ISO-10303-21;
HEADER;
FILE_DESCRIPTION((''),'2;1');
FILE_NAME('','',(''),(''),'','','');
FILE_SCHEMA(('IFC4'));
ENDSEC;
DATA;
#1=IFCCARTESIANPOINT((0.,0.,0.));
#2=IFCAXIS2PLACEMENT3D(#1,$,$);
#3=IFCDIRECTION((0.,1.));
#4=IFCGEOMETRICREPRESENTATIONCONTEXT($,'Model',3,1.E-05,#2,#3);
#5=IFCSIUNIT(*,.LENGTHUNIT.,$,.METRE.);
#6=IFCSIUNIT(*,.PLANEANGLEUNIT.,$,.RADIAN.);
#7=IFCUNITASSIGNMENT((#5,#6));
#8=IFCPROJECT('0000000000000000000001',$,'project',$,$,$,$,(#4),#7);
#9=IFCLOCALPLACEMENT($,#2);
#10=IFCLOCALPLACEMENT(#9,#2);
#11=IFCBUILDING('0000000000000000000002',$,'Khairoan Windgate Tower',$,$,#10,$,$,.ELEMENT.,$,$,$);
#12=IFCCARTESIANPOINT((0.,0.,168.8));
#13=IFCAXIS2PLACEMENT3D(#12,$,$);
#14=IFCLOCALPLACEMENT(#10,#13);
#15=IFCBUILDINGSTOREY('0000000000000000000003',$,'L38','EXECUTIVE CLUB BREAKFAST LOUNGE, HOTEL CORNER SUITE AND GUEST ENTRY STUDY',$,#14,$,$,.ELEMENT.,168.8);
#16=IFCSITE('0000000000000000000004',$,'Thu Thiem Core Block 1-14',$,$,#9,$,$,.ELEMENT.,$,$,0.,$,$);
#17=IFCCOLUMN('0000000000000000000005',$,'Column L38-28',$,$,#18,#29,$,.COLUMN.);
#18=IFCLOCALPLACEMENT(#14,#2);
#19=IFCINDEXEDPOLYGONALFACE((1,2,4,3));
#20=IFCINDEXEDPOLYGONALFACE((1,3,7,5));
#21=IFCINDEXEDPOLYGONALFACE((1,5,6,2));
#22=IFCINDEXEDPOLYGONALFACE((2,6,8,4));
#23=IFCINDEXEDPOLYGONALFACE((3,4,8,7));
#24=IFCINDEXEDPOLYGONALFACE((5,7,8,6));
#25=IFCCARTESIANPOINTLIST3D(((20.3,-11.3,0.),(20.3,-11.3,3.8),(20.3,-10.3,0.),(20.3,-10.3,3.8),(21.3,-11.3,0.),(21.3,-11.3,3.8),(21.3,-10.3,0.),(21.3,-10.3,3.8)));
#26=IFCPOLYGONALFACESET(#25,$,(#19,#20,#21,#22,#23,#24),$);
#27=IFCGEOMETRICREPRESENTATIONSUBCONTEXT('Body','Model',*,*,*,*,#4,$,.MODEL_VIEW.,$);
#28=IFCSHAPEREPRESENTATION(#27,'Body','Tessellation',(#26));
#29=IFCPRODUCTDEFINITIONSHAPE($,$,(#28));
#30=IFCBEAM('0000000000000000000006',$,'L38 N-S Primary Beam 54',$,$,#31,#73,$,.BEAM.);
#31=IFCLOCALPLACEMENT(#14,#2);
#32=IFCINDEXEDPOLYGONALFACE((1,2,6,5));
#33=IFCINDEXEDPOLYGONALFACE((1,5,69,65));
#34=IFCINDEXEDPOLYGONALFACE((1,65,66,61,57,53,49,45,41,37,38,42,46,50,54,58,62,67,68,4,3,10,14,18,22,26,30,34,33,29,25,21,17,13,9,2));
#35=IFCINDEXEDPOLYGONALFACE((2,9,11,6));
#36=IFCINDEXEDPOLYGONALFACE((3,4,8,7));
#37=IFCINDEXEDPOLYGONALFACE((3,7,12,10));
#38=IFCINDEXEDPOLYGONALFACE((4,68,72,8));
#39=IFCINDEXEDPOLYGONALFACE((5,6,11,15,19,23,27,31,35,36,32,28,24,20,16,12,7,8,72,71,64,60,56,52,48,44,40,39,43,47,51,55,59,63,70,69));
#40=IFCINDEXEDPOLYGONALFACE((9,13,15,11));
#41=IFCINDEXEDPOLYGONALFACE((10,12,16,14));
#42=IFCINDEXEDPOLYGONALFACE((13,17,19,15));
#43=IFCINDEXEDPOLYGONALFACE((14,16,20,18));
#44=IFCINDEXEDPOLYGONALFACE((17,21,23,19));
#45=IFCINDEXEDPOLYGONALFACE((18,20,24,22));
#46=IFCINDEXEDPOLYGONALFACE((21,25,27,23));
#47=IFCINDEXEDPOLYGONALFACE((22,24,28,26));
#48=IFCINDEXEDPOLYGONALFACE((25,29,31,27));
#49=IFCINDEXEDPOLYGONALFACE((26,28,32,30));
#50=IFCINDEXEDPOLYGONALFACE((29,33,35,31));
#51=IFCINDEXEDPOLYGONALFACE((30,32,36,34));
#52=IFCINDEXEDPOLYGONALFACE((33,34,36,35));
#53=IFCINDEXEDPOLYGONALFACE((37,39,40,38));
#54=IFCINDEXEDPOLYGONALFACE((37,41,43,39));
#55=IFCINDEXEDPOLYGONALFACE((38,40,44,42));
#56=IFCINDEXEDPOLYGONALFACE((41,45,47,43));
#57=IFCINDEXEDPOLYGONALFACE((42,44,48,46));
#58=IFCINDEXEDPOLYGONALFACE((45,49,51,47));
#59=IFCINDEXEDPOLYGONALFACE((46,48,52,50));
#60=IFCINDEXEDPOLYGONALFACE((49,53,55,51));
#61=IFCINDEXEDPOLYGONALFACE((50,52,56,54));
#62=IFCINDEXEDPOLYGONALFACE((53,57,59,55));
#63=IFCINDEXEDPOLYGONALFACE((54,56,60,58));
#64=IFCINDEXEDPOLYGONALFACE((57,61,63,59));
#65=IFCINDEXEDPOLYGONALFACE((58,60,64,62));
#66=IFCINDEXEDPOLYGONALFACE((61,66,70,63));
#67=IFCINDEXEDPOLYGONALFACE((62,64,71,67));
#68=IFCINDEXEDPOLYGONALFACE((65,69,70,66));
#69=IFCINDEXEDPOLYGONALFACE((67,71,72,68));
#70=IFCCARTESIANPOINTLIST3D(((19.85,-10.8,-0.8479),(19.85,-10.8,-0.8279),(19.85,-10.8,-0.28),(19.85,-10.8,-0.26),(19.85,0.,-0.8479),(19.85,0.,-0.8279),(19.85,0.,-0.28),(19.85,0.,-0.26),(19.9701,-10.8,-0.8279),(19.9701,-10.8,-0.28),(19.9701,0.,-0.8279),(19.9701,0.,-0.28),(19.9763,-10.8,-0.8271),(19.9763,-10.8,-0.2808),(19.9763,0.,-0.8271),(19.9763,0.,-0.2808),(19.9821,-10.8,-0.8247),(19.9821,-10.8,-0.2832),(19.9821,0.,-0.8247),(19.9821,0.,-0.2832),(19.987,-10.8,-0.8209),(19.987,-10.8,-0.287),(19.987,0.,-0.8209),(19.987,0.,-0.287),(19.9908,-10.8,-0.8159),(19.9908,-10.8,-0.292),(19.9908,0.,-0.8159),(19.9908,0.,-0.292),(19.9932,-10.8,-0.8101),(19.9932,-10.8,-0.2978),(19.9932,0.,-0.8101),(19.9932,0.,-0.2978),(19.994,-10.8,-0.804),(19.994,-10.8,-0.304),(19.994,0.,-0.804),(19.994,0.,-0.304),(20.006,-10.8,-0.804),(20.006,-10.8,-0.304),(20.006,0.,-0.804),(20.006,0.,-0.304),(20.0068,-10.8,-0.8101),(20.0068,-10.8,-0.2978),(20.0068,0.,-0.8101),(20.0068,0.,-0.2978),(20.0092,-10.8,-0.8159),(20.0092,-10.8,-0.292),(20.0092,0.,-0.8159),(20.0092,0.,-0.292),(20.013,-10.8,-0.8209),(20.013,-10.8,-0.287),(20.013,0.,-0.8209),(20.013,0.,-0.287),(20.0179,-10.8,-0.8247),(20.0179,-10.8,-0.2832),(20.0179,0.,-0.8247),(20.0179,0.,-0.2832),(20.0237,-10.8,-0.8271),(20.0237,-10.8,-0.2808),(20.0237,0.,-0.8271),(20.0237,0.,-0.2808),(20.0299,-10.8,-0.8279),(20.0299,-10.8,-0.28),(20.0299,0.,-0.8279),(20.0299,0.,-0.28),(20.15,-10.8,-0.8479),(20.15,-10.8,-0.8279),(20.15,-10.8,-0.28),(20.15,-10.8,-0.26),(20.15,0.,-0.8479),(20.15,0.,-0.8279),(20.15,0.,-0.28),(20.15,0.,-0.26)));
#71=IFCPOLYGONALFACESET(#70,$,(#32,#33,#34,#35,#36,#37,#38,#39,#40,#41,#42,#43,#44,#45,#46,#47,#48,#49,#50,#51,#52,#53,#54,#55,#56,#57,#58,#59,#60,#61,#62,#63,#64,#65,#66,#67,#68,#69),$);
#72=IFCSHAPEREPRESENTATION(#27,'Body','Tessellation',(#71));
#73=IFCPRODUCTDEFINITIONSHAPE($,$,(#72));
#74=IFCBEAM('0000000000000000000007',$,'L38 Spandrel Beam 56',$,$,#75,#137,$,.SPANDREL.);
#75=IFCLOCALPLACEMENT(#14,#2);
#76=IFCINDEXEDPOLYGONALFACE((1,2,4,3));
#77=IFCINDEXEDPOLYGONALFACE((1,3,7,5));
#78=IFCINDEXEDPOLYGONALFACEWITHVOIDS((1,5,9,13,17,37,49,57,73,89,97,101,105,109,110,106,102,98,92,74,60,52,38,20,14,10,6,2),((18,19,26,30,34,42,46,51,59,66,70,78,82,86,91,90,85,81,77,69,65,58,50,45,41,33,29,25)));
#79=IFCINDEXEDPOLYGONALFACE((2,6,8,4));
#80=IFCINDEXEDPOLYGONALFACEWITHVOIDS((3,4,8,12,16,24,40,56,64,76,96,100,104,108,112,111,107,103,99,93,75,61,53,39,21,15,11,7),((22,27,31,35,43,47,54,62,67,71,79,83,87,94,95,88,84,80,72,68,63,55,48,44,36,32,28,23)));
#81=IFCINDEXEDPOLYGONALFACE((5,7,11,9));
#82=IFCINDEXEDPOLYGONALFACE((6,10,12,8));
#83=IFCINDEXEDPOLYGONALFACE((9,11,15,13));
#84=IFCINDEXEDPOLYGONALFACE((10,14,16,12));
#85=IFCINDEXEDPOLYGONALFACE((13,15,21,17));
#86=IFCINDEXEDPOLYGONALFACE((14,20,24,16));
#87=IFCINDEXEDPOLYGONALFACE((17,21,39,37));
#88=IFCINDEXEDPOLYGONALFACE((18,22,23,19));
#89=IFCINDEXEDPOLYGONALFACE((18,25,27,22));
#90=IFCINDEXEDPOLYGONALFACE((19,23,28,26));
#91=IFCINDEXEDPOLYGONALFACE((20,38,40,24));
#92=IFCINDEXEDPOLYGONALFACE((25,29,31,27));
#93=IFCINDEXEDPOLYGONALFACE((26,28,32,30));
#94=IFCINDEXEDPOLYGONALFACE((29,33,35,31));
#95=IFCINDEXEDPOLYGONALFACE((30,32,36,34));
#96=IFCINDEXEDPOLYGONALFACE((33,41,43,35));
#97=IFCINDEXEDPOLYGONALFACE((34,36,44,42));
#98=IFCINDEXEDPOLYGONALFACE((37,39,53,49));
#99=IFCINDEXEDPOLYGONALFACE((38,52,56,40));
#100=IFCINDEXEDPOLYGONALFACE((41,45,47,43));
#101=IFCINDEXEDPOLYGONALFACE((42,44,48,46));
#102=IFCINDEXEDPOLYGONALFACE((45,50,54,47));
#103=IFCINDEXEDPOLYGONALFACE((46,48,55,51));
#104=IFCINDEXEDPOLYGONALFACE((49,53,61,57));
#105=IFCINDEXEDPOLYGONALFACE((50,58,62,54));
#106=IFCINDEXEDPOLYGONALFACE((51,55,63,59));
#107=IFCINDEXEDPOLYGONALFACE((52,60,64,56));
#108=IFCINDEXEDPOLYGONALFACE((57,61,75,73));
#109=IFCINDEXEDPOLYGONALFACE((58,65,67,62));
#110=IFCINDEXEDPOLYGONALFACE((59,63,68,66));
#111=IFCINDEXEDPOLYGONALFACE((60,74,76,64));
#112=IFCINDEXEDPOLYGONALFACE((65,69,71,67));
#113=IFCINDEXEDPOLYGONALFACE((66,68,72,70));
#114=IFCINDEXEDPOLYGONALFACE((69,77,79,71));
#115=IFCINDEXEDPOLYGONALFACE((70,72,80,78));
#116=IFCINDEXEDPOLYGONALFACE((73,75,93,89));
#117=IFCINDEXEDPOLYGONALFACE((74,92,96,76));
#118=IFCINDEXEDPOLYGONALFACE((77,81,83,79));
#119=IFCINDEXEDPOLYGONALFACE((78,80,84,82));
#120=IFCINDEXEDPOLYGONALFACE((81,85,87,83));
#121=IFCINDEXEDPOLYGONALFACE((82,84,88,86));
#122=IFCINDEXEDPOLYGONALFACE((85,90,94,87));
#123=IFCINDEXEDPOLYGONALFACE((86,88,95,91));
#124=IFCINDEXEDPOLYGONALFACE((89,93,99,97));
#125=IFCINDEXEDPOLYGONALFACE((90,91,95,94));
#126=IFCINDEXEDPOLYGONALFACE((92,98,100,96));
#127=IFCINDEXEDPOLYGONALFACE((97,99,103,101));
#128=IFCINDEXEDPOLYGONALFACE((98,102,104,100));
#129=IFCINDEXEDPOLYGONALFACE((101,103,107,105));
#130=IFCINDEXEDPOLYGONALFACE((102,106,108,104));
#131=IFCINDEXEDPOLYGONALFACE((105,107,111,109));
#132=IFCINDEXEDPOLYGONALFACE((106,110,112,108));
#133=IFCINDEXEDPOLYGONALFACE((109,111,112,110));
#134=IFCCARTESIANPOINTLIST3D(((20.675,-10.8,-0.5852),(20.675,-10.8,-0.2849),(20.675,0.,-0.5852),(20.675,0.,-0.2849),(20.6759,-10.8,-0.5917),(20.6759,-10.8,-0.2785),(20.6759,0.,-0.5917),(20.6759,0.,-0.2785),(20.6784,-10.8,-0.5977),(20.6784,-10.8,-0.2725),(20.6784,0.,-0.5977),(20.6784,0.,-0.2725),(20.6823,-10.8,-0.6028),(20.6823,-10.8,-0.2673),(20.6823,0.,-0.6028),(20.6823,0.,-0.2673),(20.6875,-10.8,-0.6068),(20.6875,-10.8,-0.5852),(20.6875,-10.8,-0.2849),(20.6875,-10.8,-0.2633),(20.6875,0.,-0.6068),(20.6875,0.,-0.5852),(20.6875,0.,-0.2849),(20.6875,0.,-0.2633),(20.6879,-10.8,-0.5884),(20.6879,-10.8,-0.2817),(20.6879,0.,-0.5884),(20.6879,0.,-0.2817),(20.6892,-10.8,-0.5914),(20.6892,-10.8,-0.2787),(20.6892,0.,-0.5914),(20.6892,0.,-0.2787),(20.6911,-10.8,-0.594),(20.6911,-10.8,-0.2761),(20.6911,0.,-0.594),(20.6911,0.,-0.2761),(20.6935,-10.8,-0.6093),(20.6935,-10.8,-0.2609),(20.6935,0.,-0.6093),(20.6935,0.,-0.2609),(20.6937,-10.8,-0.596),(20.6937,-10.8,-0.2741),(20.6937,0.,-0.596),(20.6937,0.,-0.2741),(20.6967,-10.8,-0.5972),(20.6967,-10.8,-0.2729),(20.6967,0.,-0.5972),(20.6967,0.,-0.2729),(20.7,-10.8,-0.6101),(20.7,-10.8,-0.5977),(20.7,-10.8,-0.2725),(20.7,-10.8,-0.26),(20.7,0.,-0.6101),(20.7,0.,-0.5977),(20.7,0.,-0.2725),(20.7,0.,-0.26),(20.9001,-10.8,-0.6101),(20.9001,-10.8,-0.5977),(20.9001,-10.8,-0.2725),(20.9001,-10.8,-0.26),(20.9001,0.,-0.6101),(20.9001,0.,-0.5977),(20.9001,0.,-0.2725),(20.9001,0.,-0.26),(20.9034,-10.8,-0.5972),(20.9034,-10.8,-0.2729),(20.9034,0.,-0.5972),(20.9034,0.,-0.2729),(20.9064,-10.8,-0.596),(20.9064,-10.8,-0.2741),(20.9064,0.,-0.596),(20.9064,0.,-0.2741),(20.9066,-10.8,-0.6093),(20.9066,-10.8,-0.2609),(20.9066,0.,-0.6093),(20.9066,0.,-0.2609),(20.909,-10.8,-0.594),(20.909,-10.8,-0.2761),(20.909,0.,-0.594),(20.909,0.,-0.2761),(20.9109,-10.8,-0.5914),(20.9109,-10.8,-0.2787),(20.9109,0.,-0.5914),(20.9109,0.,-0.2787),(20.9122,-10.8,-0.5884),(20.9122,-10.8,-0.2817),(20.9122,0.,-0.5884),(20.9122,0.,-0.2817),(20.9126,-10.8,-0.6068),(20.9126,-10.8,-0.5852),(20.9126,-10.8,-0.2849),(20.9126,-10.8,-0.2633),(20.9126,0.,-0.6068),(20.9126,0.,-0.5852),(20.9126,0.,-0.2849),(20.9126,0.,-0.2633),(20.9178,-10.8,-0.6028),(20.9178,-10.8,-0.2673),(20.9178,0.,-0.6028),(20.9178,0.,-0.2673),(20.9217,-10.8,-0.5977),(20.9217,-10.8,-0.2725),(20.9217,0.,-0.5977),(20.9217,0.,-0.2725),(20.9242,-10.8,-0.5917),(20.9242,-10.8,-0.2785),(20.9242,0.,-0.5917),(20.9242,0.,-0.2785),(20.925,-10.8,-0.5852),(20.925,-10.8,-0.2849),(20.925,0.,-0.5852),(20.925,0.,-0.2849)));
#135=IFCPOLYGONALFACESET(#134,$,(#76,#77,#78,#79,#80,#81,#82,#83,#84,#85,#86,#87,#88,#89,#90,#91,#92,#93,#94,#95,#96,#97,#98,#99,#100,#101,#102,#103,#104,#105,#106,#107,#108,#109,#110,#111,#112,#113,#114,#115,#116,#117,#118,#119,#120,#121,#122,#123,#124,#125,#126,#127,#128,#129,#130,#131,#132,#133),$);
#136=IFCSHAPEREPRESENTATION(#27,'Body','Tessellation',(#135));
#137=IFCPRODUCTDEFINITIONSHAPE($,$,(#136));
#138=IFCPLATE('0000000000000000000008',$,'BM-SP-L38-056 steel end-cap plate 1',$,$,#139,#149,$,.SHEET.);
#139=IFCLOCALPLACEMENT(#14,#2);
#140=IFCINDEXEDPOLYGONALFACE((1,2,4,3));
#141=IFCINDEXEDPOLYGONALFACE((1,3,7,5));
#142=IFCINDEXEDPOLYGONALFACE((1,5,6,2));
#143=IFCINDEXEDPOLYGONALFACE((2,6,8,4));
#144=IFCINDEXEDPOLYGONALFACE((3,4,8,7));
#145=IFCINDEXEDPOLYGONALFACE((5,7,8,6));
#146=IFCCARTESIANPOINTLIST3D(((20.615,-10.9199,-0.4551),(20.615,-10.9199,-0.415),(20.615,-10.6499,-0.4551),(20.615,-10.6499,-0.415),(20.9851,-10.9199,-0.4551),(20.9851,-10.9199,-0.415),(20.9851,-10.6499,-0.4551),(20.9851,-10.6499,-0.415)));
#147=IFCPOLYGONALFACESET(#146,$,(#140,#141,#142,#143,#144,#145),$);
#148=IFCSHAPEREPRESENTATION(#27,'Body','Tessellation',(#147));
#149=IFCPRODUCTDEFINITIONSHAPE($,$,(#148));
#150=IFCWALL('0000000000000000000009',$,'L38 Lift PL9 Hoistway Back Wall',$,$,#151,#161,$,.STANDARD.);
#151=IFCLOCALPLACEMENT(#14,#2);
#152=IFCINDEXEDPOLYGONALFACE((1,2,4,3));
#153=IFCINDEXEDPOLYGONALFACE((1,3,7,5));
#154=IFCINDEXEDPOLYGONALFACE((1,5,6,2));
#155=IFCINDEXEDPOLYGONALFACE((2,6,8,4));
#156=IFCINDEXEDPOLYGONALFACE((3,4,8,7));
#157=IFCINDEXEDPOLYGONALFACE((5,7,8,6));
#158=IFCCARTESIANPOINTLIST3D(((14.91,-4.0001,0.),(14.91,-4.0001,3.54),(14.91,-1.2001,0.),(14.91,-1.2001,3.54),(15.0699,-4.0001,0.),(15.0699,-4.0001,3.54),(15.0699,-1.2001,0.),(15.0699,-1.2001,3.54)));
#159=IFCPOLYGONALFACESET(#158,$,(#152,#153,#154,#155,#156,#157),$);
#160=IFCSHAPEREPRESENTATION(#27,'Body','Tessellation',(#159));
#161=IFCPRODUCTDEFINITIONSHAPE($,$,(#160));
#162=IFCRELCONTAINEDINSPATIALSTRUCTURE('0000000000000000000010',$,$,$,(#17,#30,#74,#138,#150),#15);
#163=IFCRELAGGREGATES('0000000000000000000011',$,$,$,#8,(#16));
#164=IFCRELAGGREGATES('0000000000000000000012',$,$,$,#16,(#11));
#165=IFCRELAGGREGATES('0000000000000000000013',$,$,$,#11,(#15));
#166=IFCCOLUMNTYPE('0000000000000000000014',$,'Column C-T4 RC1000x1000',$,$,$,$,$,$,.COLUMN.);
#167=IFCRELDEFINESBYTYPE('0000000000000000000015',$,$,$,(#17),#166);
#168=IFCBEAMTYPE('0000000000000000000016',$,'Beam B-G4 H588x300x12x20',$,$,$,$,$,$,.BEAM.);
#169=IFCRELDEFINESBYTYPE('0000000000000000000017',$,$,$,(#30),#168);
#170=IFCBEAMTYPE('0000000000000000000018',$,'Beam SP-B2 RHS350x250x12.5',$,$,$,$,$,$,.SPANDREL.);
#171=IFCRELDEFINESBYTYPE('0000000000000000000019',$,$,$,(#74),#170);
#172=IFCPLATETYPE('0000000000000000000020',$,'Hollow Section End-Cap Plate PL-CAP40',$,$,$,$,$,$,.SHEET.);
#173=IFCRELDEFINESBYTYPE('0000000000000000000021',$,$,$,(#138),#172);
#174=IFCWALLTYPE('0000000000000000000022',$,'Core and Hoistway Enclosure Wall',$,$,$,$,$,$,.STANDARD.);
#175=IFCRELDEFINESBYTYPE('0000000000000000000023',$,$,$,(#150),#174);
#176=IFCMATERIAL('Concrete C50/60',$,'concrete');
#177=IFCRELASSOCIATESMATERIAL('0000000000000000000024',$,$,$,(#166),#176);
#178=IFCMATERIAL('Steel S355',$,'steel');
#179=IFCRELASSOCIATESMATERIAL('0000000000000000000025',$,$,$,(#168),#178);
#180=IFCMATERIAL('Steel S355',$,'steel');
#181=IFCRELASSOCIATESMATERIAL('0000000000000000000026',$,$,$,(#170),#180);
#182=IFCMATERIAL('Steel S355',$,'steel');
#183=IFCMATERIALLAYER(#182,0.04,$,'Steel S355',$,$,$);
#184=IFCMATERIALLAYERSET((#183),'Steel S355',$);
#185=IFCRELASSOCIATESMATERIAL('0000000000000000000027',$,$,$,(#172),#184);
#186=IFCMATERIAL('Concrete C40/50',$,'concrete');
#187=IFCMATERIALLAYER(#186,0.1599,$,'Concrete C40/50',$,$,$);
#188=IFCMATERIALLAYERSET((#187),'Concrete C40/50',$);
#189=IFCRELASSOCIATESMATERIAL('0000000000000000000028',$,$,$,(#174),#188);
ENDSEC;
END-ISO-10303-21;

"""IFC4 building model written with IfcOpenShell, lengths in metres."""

from ifc_helpers import new_model, si_unit, direction, frame, frame_2d, origin, origin_2d, place, context, subcontext, project, spatial, rectangle, hollow_rectangle, i_section, extrude, material, layer, layer_set, material_profile, profile_set, type_object, element, save


model = new_model("IFC4")

# Units and contexts
model_context = context("Model", 3, precision=1e-05, world=origin(), true_north=direction((0.0, 1.0)))
body_context = subcontext(model_context, "Body", "Model", "MODEL_VIEW")
ifc_project = project(units=[si_unit("LENGTHUNIT", "METRE"), si_unit("PLANEANGLEUNIT", "RADIAN")], contexts=[model_context])

# Site, building, storey
site_placement = place(None, origin())
site = spatial("IfcSite", under=ifc_project, at=site_placement, Name="Thu Thiem Core Block 1-14", CompositionType="ELEMENT", RefElevation=0.0)
building_placement = place(site_placement, origin())
building = spatial("IfcBuilding", under=site, at=building_placement, Name="Khairoan Windgate Tower", CompositionType="ELEMENT")
storey_placement = place(building_placement, frame((0.0, 0.0, 168.8)))
storey = spatial("IfcBuildingStorey", under=building, at=storey_placement, Name="L38", Description="EXECUTIVE CLUB BREAKFAST LOUNGE, HOTEL CORNER SUITE AND GUEST ENTRY STUDY", CompositionType="ELEMENT", Elevation=168.8)

# Column
ifc_material_1 = material(Name="Concrete C50/60", Category="concrete")
ifc_material_profile_1 = material_profile(ifc_material_1, rectangle(XDim=1.0, YDim=1.0, at=origin_2d()))
ifc_profile_set_1 = profile_set([ifc_material_profile_1], Name="Concrete C50/60")
column_type = type_object("IfcColumnType", Name="Column C-T4 RC1000x1000", PredefinedType="COLUMN", material=ifc_profile_set_1)
column_placement = place(storey_placement, frame((20.8, -10.8, 0.0), z_axis=(0.0, 0.0, 1.0), x_axis=(1.0, 0.0, 0.0)))
element("IfcColumn", 1, at=column_placement, inside=storey, type_object=column_type, Name="Column L38-28", PredefinedType="COLUMN", context=body_context, shape_type="SweptSolid", body=[
    extrude(rectangle(XDim=1.0, YDim=1.0, at=origin_2d()), origin(), (0.0, 0.0, 1.0), 3.8),
])

# Beams
ifc_material_2 = material(Name="Steel S355", Category="steel")
ifc_material_profile_2 = material_profile(ifc_material_2, i_section(OverallWidth=0.3, OverallDepth=0.5879, WebThickness=0.012, FlangeThickness=0.02, FilletRadius=0.0239, at=origin_2d()))
ifc_profile_set_2 = profile_set([ifc_material_profile_2], Name="Steel S355")
beam_type_1 = type_object("IfcBeamType", Name="Beam B-G4 H588x300x12x20", PredefinedType="BEAM", material=ifc_profile_set_2)
beam_1_placement = place(storey_placement, frame((20.0, -10.8, -0.554), z_axis=(0.0, 1.0, 0.0), x_axis=(-1.0, 0.0, 0.0)))
element("IfcBeam", 2, at=beam_1_placement, inside=storey, type_object=beam_type_1, Name="L38 N-S Primary Beam 54", PredefinedType="BEAM", context=body_context, shape_type="SweptSolid", body=[
    extrude(i_section(OverallWidth=0.3, OverallDepth=0.5879, WebThickness=0.012, FlangeThickness=0.02, FilletRadius=0.0239, at=origin_2d()), origin(), (0.0, 0.0, 1.0), 10.8),
])
ifc_material_3 = material(Name="Steel S355", Category="steel")
ifc_material_profile_3 = material_profile(ifc_material_3, hollow_rectangle(XDim=0.25, YDim=0.3501, WallThickness=0.0125, InnerFilletRadius=0.0125, OuterFilletRadius=0.0249, at=origin_2d()))
ifc_profile_set_3 = profile_set([ifc_material_profile_3], Name="Steel S355")
beam_type_2 = type_object("IfcBeamType", Name="Beam SP-B2 RHS350x250x12.5", PredefinedType="SPANDREL", material=ifc_profile_set_3)
beam_2_placement = place(storey_placement, frame((20.8, -10.8, -0.4351), z_axis=(0.0, 1.0, 0.0), x_axis=(-1.0, 0.0, 0.0)))
element("IfcBeam", 3, at=beam_2_placement, inside=storey, type_object=beam_type_2, Name="L38 Spandrel Beam 56", PredefinedType="SPANDREL", context=body_context, shape_type="SweptSolid", body=[
    extrude(hollow_rectangle(XDim=0.25, YDim=0.3501, WallThickness=0.0125, InnerFilletRadius=0.0125, OuterFilletRadius=0.0249, at=origin_2d()), origin(), (0.0, 0.0, 1.0), 10.8),
])

# Plate
ifc_material_4 = material(Name="Steel S355", Category="steel")
ifc_layer_1 = layer(ifc_material_4, 0.04, Name="Steel S355")
ifc_layer_set_1 = layer_set([ifc_layer_1], Name="Steel S355")
plate_type = type_object("IfcPlateType", Name="Hollow Section End-Cap Plate PL-CAP40", PredefinedType="SHEET", material=ifc_layer_set_1)
plate_placement = place(storey_placement, frame((20.8, -10.7849, -0.4551), z_axis=(0.0, 0.0, 1.0), x_axis=(0.0, 1.0, 0.0)))
element("IfcPlate", 4, at=plate_placement, inside=storey, type_object=plate_type, Name="BM-SP-L38-056 steel end-cap plate 1", PredefinedType="SHEET", context=body_context, shape_type="SweptSolid", body=[
    extrude(rectangle(XDim=0.27, YDim=0.3701, at=origin_2d()), origin(), (0.0, 0.0, 1.0), 0.04),
])

# Wall
ifc_material_5 = material(Name="Concrete C40/50", Category="concrete")
ifc_layer_2 = layer(ifc_material_5, 0.1599, Name="Concrete C40/50")
ifc_layer_set_2 = layer_set([ifc_layer_2], Name="Concrete C40/50")
wall_type_1 = type_object("IfcWallType", Name="Core and Hoistway Enclosure Wall", PredefinedType="STANDARD", material=ifc_layer_set_2)
wall_1_placement = place(storey_placement, frame((14.99, -4.0, 0.0), z_axis=(0.0, 0.0, 1.0), x_axis=(0.0, 1.0, 0.0)))
element("IfcWall", 5, at=wall_1_placement, inside=storey, type_object=wall_type_1, Name="L38 Lift PL9 Hoistway Back Wall", PredefinedType="STANDARD", context=body_context, shape_type="SweptSolid", body=[
    extrude(rectangle(XDim=2.8, YDim=0.1599, at=frame_2d((1.3999, 0.0))), origin(), (0.0, 0.0, 1.0), 3.54),
])

save(model, "model.ifc")
